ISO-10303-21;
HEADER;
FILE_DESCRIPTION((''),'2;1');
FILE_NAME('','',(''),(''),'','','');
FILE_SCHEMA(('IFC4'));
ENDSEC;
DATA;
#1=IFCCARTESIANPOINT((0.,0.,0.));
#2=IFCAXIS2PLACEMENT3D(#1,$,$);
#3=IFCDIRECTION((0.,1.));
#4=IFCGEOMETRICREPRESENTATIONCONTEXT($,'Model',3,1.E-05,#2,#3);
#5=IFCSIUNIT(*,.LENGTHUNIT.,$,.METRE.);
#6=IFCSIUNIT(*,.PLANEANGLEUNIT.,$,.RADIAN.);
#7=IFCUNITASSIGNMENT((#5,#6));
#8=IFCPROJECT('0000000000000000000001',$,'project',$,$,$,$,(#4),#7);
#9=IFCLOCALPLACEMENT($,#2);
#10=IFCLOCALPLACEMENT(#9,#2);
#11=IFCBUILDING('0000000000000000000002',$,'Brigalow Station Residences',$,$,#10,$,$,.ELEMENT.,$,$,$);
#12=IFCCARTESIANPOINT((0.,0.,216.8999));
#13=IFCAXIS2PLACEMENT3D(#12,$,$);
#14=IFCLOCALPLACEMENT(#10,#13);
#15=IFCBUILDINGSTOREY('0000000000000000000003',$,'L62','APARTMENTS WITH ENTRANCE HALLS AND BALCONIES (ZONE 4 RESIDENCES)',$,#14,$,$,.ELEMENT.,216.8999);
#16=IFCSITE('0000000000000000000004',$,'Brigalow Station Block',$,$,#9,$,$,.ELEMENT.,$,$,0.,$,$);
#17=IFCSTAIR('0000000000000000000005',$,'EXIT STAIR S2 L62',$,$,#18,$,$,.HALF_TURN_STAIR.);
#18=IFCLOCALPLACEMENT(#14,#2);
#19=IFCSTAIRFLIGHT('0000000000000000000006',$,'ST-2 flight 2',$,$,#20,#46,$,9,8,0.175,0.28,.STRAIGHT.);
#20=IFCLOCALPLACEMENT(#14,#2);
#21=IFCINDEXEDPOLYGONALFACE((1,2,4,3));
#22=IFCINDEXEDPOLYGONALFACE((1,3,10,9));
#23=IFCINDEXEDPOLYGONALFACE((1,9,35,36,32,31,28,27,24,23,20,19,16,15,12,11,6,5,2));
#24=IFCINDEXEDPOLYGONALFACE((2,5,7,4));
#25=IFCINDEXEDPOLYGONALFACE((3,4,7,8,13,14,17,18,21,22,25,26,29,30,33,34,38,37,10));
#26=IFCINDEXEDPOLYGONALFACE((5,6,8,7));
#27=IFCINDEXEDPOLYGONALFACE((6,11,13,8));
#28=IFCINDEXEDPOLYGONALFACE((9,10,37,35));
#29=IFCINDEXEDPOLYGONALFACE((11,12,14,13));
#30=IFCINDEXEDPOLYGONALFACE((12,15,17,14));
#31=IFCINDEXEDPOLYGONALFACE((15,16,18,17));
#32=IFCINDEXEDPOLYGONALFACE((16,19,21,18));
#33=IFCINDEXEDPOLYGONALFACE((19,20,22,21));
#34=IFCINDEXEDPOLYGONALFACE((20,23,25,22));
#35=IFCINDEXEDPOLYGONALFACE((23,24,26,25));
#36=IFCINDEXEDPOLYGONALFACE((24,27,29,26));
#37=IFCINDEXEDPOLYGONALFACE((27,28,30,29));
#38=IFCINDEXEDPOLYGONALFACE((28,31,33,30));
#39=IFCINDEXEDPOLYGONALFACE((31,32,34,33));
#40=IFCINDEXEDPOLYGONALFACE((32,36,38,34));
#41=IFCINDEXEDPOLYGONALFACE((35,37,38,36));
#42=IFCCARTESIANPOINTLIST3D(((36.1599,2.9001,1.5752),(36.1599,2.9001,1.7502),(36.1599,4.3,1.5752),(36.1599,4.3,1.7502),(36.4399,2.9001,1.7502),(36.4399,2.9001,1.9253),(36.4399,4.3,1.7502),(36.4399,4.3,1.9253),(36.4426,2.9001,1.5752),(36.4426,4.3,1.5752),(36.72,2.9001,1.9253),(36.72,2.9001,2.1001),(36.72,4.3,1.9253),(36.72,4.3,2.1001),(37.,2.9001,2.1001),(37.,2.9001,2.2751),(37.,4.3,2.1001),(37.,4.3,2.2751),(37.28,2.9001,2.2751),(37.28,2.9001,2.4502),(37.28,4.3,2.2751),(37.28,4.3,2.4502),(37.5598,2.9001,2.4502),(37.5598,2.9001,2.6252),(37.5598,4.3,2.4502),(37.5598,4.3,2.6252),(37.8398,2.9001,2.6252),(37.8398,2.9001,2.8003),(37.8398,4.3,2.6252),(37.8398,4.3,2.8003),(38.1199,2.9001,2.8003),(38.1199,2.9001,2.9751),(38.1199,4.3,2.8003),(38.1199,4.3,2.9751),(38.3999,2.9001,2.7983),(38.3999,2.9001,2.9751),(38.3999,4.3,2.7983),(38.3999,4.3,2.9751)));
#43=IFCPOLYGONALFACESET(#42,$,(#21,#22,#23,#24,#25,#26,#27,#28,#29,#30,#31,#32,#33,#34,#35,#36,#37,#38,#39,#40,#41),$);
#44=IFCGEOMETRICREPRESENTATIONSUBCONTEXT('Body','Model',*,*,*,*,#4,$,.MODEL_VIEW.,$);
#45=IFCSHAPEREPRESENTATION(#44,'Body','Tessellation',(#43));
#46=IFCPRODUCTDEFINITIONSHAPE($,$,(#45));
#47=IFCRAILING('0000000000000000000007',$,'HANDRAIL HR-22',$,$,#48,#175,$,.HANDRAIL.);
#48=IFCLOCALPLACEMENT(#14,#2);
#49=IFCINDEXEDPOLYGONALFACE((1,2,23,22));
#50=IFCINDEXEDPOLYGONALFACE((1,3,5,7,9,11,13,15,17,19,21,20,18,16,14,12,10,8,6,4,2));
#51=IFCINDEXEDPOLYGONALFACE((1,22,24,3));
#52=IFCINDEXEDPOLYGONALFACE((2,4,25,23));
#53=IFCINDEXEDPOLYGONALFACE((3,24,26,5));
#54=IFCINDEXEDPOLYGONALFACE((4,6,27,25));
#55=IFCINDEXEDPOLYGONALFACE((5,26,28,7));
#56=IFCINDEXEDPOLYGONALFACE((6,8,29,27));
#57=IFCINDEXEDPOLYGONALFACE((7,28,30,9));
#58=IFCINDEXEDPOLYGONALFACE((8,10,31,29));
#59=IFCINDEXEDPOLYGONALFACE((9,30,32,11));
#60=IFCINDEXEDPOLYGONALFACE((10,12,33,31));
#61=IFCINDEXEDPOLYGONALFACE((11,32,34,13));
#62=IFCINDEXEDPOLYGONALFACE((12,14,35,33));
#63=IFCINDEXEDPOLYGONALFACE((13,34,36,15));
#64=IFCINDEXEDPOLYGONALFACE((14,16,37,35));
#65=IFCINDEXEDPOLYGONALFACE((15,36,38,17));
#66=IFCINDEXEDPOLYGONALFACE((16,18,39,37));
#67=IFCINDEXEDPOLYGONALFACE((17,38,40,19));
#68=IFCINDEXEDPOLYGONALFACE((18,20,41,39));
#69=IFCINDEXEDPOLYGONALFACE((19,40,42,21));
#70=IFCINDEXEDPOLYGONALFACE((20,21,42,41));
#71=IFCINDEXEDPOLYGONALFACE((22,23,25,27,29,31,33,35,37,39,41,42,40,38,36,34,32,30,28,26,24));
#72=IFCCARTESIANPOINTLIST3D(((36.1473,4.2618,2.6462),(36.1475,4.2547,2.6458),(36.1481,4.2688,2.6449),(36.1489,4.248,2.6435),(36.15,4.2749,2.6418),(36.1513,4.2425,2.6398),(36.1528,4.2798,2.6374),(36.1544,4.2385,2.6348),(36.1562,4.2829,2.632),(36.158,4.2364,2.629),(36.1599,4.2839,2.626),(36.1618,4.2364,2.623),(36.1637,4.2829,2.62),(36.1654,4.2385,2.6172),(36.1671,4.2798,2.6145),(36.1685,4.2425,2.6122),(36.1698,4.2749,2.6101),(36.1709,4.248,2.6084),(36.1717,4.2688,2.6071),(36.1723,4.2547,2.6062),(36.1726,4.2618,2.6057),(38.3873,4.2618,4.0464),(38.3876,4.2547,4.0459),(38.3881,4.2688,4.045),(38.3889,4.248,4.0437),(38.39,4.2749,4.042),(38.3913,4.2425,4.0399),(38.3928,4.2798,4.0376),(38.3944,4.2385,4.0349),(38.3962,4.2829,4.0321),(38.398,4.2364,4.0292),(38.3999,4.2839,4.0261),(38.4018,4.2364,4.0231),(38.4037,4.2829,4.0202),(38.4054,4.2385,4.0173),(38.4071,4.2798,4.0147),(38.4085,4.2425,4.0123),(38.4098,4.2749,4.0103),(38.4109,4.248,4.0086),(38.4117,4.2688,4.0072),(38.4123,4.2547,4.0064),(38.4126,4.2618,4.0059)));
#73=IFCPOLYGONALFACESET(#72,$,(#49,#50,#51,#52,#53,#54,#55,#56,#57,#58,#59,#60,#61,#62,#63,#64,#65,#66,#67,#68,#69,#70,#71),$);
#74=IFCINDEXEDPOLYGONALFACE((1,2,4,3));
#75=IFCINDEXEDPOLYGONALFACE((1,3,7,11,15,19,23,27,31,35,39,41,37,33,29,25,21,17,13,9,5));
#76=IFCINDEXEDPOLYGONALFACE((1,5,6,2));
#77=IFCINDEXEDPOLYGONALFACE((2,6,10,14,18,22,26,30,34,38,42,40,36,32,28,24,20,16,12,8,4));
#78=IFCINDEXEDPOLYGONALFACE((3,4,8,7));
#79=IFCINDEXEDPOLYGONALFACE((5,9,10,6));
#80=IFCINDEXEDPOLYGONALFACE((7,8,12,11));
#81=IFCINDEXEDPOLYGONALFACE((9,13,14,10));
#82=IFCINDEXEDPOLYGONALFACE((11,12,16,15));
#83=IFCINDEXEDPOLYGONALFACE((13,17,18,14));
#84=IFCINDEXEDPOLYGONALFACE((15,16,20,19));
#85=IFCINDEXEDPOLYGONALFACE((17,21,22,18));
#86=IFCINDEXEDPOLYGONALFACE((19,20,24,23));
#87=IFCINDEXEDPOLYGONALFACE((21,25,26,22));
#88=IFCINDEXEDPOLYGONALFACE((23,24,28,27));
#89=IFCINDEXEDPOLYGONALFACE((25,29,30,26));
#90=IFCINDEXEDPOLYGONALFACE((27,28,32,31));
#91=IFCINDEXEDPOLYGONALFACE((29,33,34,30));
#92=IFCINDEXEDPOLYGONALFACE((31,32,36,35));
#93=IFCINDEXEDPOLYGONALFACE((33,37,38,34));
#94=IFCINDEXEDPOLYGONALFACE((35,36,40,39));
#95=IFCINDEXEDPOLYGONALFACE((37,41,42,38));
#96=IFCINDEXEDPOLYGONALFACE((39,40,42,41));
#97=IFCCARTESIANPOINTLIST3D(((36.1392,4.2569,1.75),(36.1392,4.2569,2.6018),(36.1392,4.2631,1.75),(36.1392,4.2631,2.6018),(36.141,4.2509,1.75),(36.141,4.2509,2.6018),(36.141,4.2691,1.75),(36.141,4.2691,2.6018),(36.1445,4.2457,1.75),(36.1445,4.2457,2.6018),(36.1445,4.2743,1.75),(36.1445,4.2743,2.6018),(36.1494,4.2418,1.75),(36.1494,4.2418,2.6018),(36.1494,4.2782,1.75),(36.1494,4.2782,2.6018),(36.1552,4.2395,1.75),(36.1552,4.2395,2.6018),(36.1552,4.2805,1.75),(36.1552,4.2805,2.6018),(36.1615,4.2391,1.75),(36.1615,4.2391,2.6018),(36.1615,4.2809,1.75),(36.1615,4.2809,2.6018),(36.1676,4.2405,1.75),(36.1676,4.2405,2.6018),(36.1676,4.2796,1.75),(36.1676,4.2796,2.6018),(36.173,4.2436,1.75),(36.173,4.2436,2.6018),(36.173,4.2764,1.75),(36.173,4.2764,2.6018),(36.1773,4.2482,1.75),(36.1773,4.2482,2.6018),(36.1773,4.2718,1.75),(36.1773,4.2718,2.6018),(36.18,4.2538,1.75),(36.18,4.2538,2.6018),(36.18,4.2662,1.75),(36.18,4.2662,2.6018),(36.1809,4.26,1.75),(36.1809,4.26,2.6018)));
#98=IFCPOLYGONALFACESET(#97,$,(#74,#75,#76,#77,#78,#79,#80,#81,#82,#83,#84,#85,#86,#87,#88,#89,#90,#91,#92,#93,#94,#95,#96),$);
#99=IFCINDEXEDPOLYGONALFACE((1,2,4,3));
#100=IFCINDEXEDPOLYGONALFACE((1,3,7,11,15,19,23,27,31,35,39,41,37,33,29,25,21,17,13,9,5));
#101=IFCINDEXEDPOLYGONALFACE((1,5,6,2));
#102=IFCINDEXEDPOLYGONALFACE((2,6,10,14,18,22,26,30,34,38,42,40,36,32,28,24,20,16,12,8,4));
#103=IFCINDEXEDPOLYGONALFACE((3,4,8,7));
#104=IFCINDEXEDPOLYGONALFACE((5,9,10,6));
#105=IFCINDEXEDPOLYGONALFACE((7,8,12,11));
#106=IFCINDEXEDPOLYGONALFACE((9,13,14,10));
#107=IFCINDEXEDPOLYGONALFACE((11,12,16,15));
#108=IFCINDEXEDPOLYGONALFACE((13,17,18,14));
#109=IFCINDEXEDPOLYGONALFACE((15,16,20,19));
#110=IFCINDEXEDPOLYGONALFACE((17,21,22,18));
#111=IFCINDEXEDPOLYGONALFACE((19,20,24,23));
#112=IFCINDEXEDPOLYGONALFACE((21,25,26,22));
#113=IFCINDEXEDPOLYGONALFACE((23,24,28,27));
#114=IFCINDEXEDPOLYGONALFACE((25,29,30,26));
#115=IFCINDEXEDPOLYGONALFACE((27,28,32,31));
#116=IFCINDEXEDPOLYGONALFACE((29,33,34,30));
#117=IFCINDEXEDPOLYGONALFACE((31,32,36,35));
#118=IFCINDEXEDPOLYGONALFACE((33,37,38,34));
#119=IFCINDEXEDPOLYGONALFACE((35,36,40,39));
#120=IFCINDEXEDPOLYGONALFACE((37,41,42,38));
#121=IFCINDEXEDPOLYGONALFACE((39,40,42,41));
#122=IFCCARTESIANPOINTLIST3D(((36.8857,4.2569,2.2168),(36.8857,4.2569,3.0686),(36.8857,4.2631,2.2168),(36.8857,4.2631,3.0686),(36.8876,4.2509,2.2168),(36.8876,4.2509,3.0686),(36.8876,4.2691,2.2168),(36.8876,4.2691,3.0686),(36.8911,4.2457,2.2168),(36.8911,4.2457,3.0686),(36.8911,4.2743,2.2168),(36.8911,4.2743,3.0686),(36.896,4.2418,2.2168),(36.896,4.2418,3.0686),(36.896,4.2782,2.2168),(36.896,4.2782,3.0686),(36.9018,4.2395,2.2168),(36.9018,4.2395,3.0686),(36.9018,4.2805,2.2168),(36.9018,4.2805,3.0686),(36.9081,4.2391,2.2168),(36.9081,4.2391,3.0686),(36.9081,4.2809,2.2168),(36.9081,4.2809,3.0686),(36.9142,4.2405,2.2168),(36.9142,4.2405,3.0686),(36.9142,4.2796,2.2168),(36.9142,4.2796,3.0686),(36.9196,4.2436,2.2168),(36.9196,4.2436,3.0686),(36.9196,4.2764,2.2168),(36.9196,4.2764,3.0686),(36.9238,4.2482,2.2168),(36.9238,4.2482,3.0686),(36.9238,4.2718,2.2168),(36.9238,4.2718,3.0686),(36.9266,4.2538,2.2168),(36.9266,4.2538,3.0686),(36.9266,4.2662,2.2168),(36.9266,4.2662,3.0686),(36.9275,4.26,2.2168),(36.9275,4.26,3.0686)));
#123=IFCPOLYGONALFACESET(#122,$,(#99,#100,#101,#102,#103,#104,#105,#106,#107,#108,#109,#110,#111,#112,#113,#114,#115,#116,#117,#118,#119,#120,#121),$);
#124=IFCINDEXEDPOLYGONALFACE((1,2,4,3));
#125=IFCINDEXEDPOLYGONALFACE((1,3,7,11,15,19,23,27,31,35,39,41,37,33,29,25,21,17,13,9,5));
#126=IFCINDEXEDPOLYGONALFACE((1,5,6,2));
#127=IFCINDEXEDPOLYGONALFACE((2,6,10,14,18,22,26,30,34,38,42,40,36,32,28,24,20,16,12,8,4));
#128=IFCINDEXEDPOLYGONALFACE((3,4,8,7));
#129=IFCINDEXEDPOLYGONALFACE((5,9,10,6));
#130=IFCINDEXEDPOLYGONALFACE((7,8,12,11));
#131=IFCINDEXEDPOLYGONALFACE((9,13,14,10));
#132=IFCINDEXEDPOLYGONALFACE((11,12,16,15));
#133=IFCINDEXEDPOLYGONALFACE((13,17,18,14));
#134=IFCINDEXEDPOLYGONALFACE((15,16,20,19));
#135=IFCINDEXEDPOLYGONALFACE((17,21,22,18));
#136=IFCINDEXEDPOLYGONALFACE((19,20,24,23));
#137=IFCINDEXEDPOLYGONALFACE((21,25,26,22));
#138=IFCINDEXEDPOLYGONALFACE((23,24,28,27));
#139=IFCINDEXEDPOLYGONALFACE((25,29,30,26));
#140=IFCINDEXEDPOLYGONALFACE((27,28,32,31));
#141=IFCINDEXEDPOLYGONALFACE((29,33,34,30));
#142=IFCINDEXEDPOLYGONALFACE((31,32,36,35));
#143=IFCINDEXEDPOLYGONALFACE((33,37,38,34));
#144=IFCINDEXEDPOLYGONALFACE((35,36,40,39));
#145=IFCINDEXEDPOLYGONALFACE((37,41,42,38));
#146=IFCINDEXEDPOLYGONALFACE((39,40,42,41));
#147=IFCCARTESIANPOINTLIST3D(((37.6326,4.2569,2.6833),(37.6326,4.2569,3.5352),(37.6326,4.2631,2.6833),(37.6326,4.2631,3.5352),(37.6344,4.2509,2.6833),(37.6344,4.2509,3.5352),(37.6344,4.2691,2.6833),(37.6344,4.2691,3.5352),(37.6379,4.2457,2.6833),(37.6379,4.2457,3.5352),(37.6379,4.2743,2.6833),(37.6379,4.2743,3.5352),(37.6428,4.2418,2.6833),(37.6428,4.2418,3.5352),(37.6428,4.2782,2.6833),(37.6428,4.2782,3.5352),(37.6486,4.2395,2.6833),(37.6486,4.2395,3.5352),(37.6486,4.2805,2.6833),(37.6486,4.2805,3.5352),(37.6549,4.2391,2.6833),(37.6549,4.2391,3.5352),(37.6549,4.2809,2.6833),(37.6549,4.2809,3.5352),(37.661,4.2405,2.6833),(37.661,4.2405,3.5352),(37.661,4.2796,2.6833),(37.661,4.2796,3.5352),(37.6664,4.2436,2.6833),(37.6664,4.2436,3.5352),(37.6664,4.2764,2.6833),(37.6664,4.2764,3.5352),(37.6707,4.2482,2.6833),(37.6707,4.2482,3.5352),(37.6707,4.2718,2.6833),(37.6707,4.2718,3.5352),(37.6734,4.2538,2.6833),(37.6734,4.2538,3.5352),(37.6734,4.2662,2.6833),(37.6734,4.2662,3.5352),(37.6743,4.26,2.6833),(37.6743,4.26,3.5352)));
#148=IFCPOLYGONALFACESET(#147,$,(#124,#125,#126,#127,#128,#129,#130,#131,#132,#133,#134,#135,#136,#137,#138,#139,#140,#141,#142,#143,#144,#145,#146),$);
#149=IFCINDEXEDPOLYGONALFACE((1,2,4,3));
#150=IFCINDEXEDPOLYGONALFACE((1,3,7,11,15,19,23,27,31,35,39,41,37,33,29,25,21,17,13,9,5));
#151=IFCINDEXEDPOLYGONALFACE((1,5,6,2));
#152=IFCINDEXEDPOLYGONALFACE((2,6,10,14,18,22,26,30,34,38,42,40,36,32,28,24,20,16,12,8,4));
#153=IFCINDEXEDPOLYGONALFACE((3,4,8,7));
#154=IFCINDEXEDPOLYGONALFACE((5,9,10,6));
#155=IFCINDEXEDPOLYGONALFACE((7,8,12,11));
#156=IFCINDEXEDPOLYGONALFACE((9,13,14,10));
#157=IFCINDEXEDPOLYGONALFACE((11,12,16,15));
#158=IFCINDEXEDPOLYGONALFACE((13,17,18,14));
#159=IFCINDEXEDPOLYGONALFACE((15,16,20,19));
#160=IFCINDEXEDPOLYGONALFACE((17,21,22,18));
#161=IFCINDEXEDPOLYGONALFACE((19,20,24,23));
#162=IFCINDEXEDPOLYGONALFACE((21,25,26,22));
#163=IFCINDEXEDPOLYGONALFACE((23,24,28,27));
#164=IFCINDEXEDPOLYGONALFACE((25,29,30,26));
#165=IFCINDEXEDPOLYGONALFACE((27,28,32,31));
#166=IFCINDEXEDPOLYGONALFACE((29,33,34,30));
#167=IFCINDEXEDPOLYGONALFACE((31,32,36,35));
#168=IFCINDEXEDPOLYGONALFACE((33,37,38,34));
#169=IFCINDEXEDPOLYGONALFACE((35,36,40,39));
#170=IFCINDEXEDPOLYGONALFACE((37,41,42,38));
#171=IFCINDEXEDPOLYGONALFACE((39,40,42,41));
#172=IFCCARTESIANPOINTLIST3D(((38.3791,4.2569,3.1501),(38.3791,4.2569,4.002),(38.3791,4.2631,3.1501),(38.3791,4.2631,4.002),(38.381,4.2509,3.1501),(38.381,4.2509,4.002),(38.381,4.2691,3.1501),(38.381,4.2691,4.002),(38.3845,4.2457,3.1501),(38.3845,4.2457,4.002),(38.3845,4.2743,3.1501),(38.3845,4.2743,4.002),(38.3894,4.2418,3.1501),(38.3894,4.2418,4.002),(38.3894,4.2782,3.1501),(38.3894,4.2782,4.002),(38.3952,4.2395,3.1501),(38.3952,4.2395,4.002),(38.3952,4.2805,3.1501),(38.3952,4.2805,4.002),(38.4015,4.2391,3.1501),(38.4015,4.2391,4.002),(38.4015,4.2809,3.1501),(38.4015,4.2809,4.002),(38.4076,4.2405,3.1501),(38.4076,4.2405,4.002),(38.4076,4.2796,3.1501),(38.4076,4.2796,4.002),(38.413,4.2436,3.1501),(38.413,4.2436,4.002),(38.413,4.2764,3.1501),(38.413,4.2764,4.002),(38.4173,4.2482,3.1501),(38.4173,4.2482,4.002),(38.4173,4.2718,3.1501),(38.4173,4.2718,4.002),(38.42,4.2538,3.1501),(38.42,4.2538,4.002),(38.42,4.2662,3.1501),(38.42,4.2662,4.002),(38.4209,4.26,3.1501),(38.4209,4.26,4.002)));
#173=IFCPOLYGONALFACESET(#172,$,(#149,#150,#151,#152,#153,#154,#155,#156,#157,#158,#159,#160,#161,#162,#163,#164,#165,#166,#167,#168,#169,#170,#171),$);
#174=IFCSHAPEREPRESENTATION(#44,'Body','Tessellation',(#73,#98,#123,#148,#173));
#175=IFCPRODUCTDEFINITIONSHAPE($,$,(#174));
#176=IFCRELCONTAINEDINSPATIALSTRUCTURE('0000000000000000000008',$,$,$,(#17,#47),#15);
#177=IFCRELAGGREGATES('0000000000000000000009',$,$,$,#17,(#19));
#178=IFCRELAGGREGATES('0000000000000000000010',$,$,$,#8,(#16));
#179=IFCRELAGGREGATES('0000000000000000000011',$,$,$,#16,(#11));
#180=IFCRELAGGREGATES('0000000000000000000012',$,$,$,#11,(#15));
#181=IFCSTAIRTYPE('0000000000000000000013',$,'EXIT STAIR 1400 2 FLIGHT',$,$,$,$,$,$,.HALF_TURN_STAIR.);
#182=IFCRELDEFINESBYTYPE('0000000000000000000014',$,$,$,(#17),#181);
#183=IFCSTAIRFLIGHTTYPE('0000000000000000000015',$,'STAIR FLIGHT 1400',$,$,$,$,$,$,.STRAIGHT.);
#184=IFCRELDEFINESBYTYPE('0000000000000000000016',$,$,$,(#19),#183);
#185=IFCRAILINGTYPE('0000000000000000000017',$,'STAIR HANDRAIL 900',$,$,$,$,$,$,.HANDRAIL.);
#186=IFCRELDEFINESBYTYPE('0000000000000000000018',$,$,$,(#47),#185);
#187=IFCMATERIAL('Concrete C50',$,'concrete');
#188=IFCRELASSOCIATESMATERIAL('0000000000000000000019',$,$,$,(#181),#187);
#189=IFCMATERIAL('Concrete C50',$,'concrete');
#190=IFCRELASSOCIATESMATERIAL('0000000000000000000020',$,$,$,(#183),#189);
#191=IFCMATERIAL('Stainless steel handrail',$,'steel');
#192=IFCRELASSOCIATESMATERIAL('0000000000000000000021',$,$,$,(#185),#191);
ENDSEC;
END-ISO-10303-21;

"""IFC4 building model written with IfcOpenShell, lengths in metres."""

from ifc_helpers import new_model, si_unit, direction, frame, origin, origin_2d, place, context, subcontext, project, spatial, polyline, circle, outline, extrude, material, type_object, element, aggregate, save


model = new_model("IFC4")

# Units and contexts
model_context = context("Model", 3, precision=1e-05, world=origin(), true_north=direction((0.0, 1.0)))
body_context = subcontext(model_context, "Body", "Model", "MODEL_VIEW")
ifc_project = project(units=[si_unit("LENGTHUNIT", "METRE"), si_unit("PLANEANGLEUNIT", "RADIAN")], contexts=[model_context])

# Site, building, storey
site_placement = place(None, origin())
site = spatial("IfcSite", under=ifc_project, at=site_placement, Name="Brigalow Station Block", CompositionType="ELEMENT", RefElevation=0.0)
building_placement = place(site_placement, origin())
building = spatial("IfcBuilding", under=site, at=building_placement, Name="Brigalow Station Residences", CompositionType="ELEMENT")
storey_placement = place(building_placement, frame((0.0, 0.0, 216.8999)))
storey = spatial("IfcBuildingStorey", under=building, at=storey_placement, Name="L62", Description="APARTMENTS WITH ENTRANCE HALLS AND BALCONIES (ZONE 4 RESIDENCES)", CompositionType="ELEMENT", Elevation=216.8999)

# Stair, stair flight
ifc_material_1 = material(Name="Concrete C50", Category="concrete")
stair_type = type_object("IfcStairType", Name="EXIT STAIR 1400 2 FLIGHT", PredefinedType="HALF_TURN_STAIR", material=ifc_material_1)
stair_placement = place(storey_placement, origin())
stair = element("IfcStair", 1, at=stair_placement, inside=storey, type_object=stair_type, Name="EXIT STAIR S2 L62", PredefinedType="HALF_TURN_STAIR")
ifc_material_2 = material(Name="Concrete C50", Category="concrete")
stair_flight_type = type_object("IfcStairFlightType", Name="STAIR FLIGHT 1400", PredefinedType="STRAIGHT", material=ifc_material_2)
stair_flight_placement = place(storey_placement, frame((36.1599, 3.6001, 1.5752), z_axis=(0.0, 0.0, 1.0), x_axis=(1.0, 0.0, 0.0)))
stair_flight = element("IfcStairFlight", 2, at=stair_flight_placement, type_object=stair_flight_type, Name="ST-2 flight 2", NumberOfRisers=9, NumberOfTreads=8, PredefinedType="STRAIGHT", RiserHeight=0.175, TreadLength=0.28, context=body_context, shape_type="SweptSolid", body=[
    extrude(outline(polyline([(0.0, 0.0), (0.0, 0.175), (0.28, 0.175), (0.28, 0.3501), (0.5601, 0.3501), (0.5601, 0.5249), (0.8401, 0.5249), (0.8401, 0.7), (1.1201, 0.7), (1.1201, 0.875), (1.3999, 0.875), (1.3999, 1.05), (1.6799, 1.05), (1.6799, 1.2251), (1.96, 1.2251), (1.96, 1.3999), (2.24, 1.3999), (2.24, 1.575), (2.24, 1.2231), (0.2827, 0.0), (0.0, 0.0)])), frame((0.0, 0.7, 0.0), z_axis=(0.0, -1.0, 0.0), x_axis=(1.0, 0.0, 0.0)), (0.0, 0.0, 1.0), 1.3999),
])
aggregate(stair, [stair_flight])

# Railing
ifc_material_3 = material(Name="Stainless steel handrail", Category="steel")
railing_type = type_object("IfcRailingType", Name="STAIR HANDRAIL 900", PredefinedType="HANDRAIL", material=ifc_material_3)
railing_placement = place(storey_placement, frame((36.1599, 4.26, 1.75)))
element("IfcRailing", 3, at=railing_placement, inside=storey, type_object=railing_type, Name="HANDRAIL HR-22", PredefinedType="HANDRAIL", context=body_context, shape_type="SweptSolid", body=[
    extrude(circle(Radius=0.0239, at=origin_2d()), frame((0.0, 0.0, 0.876), z_axis=(0.847972, 0.0, 0.53004), x_axis=(0.0, 1.0, 0.0)), (0.0, 0.0, 1.0), 2.6416),
    extrude(circle(Radius=0.021, at=origin_2d()), origin(), (0.0, 0.0, 1.0), 0.8518),
    extrude(circle(Radius=0.021, at=origin_2d()), frame((0.7466, 0.0, 0.4668)), (0.0, 0.0, 1.0), 0.8518),
    extrude(circle(Radius=0.021, at=origin_2d()), frame((1.4934, 0.0, 0.9333)), (0.0, 0.0, 1.0), 0.8518),
    extrude(circle(Radius=0.021, at=origin_2d()), frame((2.24, 0.0, 1.4001)), (0.0, 0.0, 1.0), 0.8518),
])

save(model, "model.ifc")
